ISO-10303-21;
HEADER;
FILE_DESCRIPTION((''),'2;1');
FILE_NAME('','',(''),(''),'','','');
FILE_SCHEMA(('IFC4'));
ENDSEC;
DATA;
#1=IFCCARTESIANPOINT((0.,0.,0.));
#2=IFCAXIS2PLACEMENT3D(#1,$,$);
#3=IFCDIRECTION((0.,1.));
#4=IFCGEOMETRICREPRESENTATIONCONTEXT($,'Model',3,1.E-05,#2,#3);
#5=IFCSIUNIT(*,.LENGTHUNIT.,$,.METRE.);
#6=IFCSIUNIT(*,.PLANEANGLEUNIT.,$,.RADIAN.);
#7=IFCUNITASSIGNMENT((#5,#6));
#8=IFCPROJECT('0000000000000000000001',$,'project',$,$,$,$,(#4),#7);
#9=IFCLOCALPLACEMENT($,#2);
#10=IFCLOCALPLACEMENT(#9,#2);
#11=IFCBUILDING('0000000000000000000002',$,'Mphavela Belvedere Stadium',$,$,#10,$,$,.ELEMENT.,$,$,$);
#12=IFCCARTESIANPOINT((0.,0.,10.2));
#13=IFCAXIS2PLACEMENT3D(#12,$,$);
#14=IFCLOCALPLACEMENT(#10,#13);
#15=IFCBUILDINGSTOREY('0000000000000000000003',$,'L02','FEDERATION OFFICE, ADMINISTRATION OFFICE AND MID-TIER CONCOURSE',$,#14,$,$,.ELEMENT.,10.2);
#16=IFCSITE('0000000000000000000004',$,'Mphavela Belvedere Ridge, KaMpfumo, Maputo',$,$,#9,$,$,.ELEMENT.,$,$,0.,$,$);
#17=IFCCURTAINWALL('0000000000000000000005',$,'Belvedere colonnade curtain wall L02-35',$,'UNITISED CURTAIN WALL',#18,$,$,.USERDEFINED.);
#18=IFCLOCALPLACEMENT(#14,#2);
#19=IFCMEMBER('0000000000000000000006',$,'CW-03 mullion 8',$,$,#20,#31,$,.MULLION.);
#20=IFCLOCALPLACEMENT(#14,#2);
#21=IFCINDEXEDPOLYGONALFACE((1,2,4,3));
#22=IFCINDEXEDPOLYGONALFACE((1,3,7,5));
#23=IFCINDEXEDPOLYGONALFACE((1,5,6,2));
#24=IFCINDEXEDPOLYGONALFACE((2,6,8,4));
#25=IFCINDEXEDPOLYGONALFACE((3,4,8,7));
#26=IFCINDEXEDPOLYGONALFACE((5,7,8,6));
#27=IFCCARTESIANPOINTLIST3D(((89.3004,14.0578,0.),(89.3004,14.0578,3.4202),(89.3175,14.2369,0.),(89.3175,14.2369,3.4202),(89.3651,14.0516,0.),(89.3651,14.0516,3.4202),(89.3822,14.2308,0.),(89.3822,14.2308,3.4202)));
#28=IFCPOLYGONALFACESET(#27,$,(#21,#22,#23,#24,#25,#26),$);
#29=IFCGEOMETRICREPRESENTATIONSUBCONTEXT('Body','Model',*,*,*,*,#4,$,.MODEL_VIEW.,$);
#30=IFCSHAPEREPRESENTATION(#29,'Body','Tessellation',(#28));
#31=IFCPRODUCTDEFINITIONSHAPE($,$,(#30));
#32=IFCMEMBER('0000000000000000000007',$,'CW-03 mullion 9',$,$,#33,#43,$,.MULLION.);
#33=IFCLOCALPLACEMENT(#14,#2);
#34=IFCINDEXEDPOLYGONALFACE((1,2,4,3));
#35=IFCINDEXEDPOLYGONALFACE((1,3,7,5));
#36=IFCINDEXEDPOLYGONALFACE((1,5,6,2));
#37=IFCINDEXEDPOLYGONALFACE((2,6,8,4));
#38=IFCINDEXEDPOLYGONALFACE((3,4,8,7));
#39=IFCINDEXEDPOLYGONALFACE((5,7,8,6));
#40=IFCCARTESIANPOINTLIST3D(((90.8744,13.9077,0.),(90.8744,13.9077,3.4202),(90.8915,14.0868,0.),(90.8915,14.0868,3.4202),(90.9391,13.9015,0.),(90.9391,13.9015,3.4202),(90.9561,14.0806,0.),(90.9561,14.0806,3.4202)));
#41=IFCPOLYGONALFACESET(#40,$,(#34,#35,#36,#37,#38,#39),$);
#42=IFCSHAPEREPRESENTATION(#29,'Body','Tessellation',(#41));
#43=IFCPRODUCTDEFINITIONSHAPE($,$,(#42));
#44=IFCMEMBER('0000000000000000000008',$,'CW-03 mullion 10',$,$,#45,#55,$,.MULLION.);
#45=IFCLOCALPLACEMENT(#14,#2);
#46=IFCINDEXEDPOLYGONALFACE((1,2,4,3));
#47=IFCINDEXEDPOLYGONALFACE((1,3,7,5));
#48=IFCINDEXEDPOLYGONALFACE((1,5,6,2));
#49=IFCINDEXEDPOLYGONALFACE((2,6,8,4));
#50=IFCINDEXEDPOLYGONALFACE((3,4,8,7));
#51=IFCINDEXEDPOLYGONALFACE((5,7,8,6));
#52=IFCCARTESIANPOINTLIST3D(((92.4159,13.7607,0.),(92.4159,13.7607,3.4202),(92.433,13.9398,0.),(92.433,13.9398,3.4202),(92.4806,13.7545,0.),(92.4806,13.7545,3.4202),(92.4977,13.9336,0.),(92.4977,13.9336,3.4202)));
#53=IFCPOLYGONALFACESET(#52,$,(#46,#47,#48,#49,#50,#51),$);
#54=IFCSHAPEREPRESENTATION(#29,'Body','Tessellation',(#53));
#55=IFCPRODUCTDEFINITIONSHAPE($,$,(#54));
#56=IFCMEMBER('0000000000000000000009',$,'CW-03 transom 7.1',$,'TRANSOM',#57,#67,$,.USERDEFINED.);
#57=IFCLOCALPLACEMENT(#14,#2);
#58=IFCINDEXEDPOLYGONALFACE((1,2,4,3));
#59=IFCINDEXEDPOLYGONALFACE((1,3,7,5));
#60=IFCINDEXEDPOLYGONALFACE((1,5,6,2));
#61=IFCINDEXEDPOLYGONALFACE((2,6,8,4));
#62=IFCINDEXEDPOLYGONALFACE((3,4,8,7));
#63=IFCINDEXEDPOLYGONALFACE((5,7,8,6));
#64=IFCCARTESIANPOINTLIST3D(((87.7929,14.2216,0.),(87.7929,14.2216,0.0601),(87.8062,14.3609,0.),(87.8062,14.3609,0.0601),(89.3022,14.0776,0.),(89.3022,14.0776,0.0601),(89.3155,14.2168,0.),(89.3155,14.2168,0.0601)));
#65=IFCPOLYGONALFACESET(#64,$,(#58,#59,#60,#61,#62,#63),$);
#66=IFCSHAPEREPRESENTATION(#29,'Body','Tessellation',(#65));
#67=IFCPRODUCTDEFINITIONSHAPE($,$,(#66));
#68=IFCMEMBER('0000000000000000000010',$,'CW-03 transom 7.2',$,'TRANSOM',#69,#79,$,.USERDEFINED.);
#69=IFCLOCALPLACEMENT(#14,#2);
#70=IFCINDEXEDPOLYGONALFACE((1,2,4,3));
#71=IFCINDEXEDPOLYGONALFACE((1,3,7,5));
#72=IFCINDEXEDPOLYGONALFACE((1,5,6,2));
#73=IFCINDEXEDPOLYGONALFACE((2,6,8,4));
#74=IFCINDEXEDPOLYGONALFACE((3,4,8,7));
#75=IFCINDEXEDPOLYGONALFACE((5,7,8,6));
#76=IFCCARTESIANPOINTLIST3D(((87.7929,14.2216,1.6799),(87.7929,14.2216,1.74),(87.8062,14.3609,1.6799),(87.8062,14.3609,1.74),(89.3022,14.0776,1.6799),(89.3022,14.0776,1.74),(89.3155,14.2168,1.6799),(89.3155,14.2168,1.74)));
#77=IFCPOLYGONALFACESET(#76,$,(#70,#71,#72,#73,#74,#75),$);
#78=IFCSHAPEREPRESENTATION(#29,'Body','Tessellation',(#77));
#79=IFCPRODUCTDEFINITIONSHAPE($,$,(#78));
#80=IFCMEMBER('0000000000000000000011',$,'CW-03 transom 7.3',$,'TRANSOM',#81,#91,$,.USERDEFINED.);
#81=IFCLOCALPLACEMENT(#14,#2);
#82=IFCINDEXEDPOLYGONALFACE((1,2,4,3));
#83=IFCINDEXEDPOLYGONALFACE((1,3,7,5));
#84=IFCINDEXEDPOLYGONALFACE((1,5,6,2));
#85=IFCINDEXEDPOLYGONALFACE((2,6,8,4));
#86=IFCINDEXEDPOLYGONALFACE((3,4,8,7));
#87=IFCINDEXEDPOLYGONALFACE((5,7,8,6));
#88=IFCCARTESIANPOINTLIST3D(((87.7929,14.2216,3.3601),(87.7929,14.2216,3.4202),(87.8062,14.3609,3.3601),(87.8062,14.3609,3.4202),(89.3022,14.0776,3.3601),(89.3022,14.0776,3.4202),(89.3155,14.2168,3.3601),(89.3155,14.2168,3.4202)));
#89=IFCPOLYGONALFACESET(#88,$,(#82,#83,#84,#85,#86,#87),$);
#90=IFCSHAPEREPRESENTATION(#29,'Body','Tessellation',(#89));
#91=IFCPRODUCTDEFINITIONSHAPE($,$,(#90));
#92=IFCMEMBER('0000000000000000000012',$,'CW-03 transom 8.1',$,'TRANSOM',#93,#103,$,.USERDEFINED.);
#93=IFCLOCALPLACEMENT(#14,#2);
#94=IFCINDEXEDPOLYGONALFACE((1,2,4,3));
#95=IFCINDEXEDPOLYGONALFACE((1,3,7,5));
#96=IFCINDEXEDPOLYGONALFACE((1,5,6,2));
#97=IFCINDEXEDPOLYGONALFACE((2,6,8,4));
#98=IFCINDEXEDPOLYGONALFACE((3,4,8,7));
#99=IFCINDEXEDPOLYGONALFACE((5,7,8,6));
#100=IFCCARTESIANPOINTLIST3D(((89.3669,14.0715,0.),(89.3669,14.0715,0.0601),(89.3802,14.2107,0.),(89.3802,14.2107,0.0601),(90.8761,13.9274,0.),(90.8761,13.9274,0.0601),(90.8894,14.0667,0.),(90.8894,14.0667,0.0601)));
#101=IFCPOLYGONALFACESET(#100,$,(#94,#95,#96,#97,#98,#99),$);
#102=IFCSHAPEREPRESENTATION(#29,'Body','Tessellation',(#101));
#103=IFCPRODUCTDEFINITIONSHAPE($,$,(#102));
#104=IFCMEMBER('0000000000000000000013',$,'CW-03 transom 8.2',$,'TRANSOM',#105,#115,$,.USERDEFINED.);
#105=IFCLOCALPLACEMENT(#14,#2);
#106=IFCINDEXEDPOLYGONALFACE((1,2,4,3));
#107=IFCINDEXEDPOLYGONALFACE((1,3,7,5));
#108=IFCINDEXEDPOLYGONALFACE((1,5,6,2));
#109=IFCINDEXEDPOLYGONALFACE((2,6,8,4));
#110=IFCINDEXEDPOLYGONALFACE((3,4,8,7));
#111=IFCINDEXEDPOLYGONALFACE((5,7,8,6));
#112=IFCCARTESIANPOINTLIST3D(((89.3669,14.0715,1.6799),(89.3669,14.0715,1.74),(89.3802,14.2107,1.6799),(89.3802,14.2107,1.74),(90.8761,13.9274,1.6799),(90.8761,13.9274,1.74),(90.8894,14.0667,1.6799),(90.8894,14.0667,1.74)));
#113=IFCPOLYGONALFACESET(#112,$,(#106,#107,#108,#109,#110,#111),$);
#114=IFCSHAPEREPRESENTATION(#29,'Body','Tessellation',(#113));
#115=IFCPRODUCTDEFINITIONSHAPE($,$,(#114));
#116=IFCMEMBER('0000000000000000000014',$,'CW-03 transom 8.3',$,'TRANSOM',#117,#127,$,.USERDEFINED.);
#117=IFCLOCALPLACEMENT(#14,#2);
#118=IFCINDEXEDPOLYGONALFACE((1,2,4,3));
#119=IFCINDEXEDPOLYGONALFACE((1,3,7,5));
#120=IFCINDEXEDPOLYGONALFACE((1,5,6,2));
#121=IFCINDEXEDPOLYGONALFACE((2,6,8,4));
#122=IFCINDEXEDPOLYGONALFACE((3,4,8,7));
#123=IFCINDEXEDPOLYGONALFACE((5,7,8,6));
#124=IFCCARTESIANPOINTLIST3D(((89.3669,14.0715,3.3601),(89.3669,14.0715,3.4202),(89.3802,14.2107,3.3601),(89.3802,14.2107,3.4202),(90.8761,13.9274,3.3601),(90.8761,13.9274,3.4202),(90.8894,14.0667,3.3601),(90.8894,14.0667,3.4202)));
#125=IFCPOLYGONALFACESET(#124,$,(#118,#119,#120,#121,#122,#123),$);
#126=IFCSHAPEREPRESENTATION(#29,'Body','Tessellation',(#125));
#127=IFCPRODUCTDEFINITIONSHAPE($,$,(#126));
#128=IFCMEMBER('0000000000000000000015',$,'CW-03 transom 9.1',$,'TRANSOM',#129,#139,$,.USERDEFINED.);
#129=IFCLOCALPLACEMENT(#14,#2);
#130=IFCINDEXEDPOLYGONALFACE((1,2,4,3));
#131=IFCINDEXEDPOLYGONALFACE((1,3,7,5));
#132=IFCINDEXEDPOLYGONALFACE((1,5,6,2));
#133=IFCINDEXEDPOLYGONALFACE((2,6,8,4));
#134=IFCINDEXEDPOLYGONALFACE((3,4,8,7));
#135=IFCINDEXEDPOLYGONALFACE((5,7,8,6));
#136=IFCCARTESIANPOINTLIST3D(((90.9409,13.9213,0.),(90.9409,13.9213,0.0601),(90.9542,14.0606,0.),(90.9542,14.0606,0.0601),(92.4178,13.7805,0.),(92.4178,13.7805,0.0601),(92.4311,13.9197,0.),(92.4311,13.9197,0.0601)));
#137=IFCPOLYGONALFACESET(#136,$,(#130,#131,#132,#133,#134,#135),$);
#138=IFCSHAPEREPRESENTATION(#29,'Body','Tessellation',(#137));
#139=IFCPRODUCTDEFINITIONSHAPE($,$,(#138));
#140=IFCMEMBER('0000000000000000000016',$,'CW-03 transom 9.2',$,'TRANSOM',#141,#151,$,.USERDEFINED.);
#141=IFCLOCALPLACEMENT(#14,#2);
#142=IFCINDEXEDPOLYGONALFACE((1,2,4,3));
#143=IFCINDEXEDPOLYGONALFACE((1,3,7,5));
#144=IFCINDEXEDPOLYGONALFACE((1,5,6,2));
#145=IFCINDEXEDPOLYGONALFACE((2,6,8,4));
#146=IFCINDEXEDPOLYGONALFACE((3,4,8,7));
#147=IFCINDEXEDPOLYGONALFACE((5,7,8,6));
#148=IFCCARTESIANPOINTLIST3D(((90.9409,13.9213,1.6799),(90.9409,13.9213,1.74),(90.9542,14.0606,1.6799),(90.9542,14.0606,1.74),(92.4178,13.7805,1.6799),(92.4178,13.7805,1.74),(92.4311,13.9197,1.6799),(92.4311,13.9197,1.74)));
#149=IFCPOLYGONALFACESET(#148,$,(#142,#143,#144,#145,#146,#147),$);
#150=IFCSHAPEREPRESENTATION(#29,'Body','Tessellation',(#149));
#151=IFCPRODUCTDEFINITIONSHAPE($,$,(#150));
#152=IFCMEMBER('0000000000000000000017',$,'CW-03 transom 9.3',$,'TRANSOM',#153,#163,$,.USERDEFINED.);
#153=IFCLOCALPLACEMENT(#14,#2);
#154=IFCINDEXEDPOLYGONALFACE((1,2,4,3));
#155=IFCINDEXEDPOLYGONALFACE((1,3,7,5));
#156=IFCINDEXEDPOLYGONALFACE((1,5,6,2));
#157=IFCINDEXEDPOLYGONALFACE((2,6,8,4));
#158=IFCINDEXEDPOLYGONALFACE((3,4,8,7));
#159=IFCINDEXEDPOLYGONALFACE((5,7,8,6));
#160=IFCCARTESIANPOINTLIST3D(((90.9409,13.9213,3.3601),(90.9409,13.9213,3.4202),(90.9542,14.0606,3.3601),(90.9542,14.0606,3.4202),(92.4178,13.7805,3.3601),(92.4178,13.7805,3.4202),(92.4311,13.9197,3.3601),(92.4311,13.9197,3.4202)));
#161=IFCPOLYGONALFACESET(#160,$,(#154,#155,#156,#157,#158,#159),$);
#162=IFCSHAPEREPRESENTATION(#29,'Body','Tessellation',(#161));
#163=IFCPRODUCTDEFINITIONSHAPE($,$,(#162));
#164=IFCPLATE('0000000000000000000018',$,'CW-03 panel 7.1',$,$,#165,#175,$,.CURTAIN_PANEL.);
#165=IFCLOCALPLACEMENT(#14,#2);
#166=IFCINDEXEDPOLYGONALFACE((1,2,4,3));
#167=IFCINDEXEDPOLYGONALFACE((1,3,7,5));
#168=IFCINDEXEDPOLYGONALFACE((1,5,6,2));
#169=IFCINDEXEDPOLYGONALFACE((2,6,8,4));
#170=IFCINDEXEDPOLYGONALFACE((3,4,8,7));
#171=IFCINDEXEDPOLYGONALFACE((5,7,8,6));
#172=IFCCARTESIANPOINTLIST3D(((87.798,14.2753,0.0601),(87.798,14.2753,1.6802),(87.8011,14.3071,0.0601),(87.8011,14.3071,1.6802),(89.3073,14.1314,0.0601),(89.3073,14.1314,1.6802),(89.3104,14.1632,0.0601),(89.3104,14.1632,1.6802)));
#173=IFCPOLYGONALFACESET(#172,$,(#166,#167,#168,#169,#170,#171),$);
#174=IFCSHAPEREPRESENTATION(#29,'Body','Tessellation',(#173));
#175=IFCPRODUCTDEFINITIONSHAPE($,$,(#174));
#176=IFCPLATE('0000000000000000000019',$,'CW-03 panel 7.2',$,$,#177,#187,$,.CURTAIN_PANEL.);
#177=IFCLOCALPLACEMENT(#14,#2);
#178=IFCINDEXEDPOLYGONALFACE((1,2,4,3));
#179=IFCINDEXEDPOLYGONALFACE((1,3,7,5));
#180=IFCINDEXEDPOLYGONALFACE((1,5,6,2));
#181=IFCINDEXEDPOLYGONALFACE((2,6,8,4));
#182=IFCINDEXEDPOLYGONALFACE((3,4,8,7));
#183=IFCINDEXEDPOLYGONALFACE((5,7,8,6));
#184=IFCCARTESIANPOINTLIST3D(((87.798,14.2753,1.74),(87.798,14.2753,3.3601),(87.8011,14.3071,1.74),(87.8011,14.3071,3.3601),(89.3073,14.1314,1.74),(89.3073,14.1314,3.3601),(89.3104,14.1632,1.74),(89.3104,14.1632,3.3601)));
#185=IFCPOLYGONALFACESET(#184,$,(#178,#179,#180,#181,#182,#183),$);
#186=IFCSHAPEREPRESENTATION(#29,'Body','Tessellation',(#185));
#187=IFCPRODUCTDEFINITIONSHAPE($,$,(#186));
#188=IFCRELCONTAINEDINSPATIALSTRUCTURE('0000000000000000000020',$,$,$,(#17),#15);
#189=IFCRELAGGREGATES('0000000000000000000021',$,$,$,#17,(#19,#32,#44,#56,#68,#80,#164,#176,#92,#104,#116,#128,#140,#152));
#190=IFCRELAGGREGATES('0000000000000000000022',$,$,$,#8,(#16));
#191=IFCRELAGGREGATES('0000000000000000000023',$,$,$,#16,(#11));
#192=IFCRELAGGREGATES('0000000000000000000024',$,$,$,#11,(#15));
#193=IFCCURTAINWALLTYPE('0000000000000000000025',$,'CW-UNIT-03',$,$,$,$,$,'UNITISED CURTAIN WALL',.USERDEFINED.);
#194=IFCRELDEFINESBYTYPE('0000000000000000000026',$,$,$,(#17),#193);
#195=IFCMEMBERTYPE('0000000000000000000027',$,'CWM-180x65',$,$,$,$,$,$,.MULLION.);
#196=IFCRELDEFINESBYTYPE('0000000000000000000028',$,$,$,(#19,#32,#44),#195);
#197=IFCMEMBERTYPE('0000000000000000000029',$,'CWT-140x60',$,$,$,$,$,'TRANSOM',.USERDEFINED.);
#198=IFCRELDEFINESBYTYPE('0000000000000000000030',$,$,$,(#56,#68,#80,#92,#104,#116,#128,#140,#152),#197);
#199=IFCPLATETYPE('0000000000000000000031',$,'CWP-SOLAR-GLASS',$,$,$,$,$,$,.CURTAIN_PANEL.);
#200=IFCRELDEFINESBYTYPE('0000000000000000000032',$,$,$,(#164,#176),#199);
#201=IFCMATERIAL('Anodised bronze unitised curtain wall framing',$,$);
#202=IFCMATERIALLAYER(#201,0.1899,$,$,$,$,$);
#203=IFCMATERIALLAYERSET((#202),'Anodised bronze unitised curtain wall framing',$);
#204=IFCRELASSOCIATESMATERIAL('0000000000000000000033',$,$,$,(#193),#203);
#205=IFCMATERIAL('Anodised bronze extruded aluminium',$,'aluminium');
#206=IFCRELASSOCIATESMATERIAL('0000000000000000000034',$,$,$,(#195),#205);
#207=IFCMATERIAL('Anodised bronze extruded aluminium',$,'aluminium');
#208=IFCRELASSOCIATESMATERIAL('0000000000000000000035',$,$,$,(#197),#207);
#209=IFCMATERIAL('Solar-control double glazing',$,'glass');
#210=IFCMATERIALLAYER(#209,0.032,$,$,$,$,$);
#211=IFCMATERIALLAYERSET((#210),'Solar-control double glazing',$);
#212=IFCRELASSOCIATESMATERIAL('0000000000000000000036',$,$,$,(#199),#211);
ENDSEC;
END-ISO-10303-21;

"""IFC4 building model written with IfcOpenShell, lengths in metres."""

from ifc_helpers import new_model, si_unit, direction, frame, origin, origin_2d, place, context, subcontext, project, spatial, rectangle, extrude, material, layer, layer_set, material_profile, profile_set, type_object, element, aggregate, save


model = new_model("IFC4")

# Units and contexts
model_context = context("Model", 3, precision=1e-05, world=origin(), true_north=direction((0.0, 1.0)))
body_context = subcontext(model_context, "Body", "Model", "MODEL_VIEW")
ifc_project = project(units=[si_unit("LENGTHUNIT", "METRE"), si_unit("PLANEANGLEUNIT", "RADIAN")], contexts=[model_context])

# Site, building, storey
site_placement = place(None, origin())
site = spatial("IfcSite", under=ifc_project, at=site_placement, Name="Mphavela Belvedere Ridge, KaMpfumo, Maputo", CompositionType="ELEMENT", RefElevation=0.0)
building_placement = place(site_placement, origin())
building = spatial("IfcBuilding", under=site, at=building_placement, Name="Mphavela Belvedere Stadium", CompositionType="ELEMENT")
storey_placement = place(building_placement, frame((0.0, 0.0, 10.2)))
storey = spatial("IfcBuildingStorey", under=building, at=storey_placement, Name="L02", Description="FEDERATION OFFICE, ADMINISTRATION OFFICE AND MID-TIER CONCOURSE", CompositionType="ELEMENT", Elevation=10.2)

# Curtain wall, members, plates
ifc_material_1 = material(Name="Anodised bronze unitised curtain wall framing")
ifc_layer_1 = layer(ifc_material_1, 0.1899)
ifc_layer_set_1 = layer_set([ifc_layer_1], Name="Anodised bronze unitised curtain wall framing")
curtain_wall_type = type_object("IfcCurtainWallType", Name="CW-UNIT-03", ElementType="UNITISED CURTAIN WALL", PredefinedType="USERDEFINED", material=ifc_layer_set_1)
curtain_wall_placement = place(storey_placement, origin())
curtain_wall = element("IfcCurtainWall", 1, at=curtain_wall_placement, inside=storey, type_object=curtain_wall_type, Name="Belvedere colonnade curtain wall L02-35", ObjectType="UNITISED CURTAIN WALL", PredefinedType="USERDEFINED")
ifc_material_2 = material(Name="Anodised bronze extruded aluminium", Category="aluminium")
ifc_material_profile_1 = material_profile(ifc_material_2, rectangle(XDim=0.1799, YDim=0.0649, at=origin_2d()), Name="CW-MUL 180x65")
ifc_profile_set_1 = profile_set([ifc_material_profile_1], Name="Anodised bronze extruded aluminium")
member_type_1 = type_object("IfcMemberType", Name="CWM-180x65", PredefinedType="MULLION", material=ifc_profile_set_1)
member_1_placement = place(storey_placement, frame((89.3413, 14.1443, 0.0), z_axis=(0.0, 0.0, 1.0), x_axis=(0.094926, 0.995484, 0.0)))
member_1 = element("IfcMember", 2, at=member_1_placement, type_object=member_type_1, Name="CW-03 mullion 8", PredefinedType="MULLION", context=body_context, shape_type="SweptSolid", body=[
    extrude(rectangle(XDim=0.1799, YDim=0.0649, at=origin_2d()), origin(), (0.0, 0.0, 1.0), 3.4202),
])
member_2_placement = place(storey_placement, frame((90.9153, 13.9941, 0.0), z_axis=(0.0, 0.0, 1.0), x_axis=(0.094926, 0.995484, 0.0)))
member_2 = element("IfcMember", 3, at=member_2_placement, type_object=member_type_1, Name="CW-03 mullion 9", PredefinedType="MULLION", context=body_context, shape_type="SweptSolid", body=[
    extrude(rectangle(XDim=0.1799, YDim=0.0649, at=origin_2d()), origin(), (0.0, 0.0, 1.0), 3.4202),
])
member_3_placement = place(storey_placement, frame((92.4568, 13.8472, 0.0), z_axis=(0.0, 0.0, 1.0), x_axis=(0.094926, 0.995484, 0.0)))
member_3 = element("IfcMember", 4, at=member_3_placement, type_object=member_type_1, Name="CW-03 mullion 10", PredefinedType="MULLION", context=body_context, shape_type="SweptSolid", body=[
    extrude(rectangle(XDim=0.1799, YDim=0.0649, at=origin_2d()), origin(), (0.0, 0.0, 1.0), 3.4202),
])
ifc_material_3 = material(Name="Anodised bronze extruded aluminium", Category="aluminium")
ifc_material_profile_2 = material_profile(ifc_material_3, rectangle(XDim=0.1399, YDim=0.0601, at=origin_2d()), Name="CW-TRN 140x60")
ifc_profile_set_2 = profile_set([ifc_material_profile_2], Name="Anodised bronze extruded aluminium")
member_type_2 = type_object("IfcMemberType", Name="CWT-140x60", ElementType="TRANSOM", PredefinedType="USERDEFINED", material=ifc_profile_set_2)
member_4_placement = place(storey_placement, frame((87.7996, 14.2913, 0.03), z_axis=(0.995477, -0.095007, 0.0), x_axis=(0.095007, 0.995477, 0.0)))
member_4 = element("IfcMember", 5, at=member_4_placement, type_object=member_type_2, Name="CW-03 transom 7.1", ObjectType="TRANSOM", PredefinedType="USERDEFINED", context=body_context, shape_type="SweptSolid", body=[
    extrude(rectangle(XDim=0.1399, YDim=0.0601, at=origin_2d()), origin(), (0.0, 0.0, 1.0), 1.5161),
])
member_5_placement = place(storey_placement, frame((87.7996, 14.2913, 1.71), z_axis=(0.995477, -0.095007, 0.0), x_axis=(0.095007, 0.995477, 0.0)))
member_5 = element("IfcMember", 6, at=member_5_placement, type_object=member_type_2, Name="CW-03 transom 7.2", ObjectType="TRANSOM", PredefinedType="USERDEFINED", context=body_context, shape_type="SweptSolid", body=[
    extrude(rectangle(XDim=0.1399, YDim=0.0601, at=origin_2d()), origin(), (0.0, 0.0, 1.0), 1.5161),
])
member_6_placement = place(storey_placement, frame((87.7996, 14.2913, 3.3901), z_axis=(0.995477, -0.095007, 0.0), x_axis=(0.095007, 0.995477, 0.0)))
member_6 = element("IfcMember", 7, at=member_6_placement, type_object=member_type_2, Name="CW-03 transom 7.3", ObjectType="TRANSOM", PredefinedType="USERDEFINED", context=body_context, shape_type="SweptSolid", body=[
    extrude(rectangle(XDim=0.1399, YDim=0.0601, at=origin_2d()), origin(), (0.0, 0.0, 1.0), 1.5161),
])
member_7_placement = place(storey_placement, frame((89.3735, 14.1411, 0.03), z_axis=(0.995477, -0.095007, 0.0), x_axis=(0.095007, 0.995477, 0.0)))
member_7 = element("IfcMember", 8, at=member_7_placement, type_object=member_type_2, Name="CW-03 transom 8.1", ObjectType="TRANSOM", PredefinedType="USERDEFINED", context=body_context, shape_type="SweptSolid", body=[
    extrude(rectangle(XDim=0.1399, YDim=0.0601, at=origin_2d()), origin(), (0.0, 0.0, 1.0), 1.5161),
])
member_8_placement = place(storey_placement, frame((89.3735, 14.1411, 1.71), z_axis=(0.995477, -0.095007, 0.0), x_axis=(0.095007, 0.995477, 0.0)))
member_8 = element("IfcMember", 9, at=member_8_placement, type_object=member_type_2, Name="CW-03 transom 8.2", ObjectType="TRANSOM", PredefinedType="USERDEFINED", context=body_context, shape_type="SweptSolid", body=[
    extrude(rectangle(XDim=0.1399, YDim=0.0601, at=origin_2d()), origin(), (0.0, 0.0, 1.0), 1.5161),
])
member_9_placement = place(storey_placement, frame((89.3735, 14.1411, 3.3901), z_axis=(0.995477, -0.095007, 0.0), x_axis=(0.095007, 0.995477, 0.0)))
member_9 = element("IfcMember", 10, at=member_9_placement, type_object=member_type_2, Name="CW-03 transom 8.3", ObjectType="TRANSOM", PredefinedType="USERDEFINED", context=body_context, shape_type="SweptSolid", body=[
    extrude(rectangle(XDim=0.1399, YDim=0.0601, at=origin_2d()), origin(), (0.0, 0.0, 1.0), 1.5161),
])
member_10_placement = place(storey_placement, frame((90.9475, 13.991, 0.03), z_axis=(0.995483, -0.094941, 0.0), x_axis=(0.094941, 0.995483, 0.0)))
member_10 = element("IfcMember", 11, at=member_10_placement, type_object=member_type_2, Name="CW-03 transom 9.1", ObjectType="TRANSOM", PredefinedType="USERDEFINED", context=body_context, shape_type="SweptSolid", body=[
    extrude(rectangle(XDim=0.1399, YDim=0.0601, at=origin_2d()), origin(), (0.0, 0.0, 1.0), 1.4836),
])
member_11_placement = place(storey_placement, frame((90.9475, 13.991, 1.71), z_axis=(0.995483, -0.094941, 0.0), x_axis=(0.094941, 0.995483, 0.0)))
member_11 = element("IfcMember", 12, at=member_11_placement, type_object=member_type_2, Name="CW-03 transom 9.2", ObjectType="TRANSOM", PredefinedType="USERDEFINED", context=body_context, shape_type="SweptSolid", body=[
    extrude(rectangle(XDim=0.1399, YDim=0.0601, at=origin_2d()), origin(), (0.0, 0.0, 1.0), 1.4836),
])
member_12_placement = place(storey_placement, frame((90.9475, 13.991, 3.3901), z_axis=(0.995483, -0.094941, 0.0), x_axis=(0.094941, 0.995483, 0.0)))
member_12 = element("IfcMember", 13, at=member_12_placement, type_object=member_type_2, Name="CW-03 transom 9.3", ObjectType="TRANSOM", PredefinedType="USERDEFINED", context=body_context, shape_type="SweptSolid", body=[
    extrude(rectangle(XDim=0.1399, YDim=0.0601, at=origin_2d()), origin(), (0.0, 0.0, 1.0), 1.4836),
])
ifc_material_4 = material(Name="Solar-control double glazing", Category="glass")
ifc_layer_2 = layer(ifc_material_4, 0.032)
ifc_layer_set_2 = layer_set([ifc_layer_2], Name="Solar-control double glazing")
plate_type = type_object("IfcPlateType", Name="CWP-SOLAR-GLASS", PredefinedType="CURTAIN_PANEL", material=ifc_layer_set_2)
plate_1_placement = place(storey_placement, frame((88.5542, 14.2192, 0.0601), z_axis=(0.0, 0.0, 1.0), x_axis=(0.995484, -0.094926, 0.0)))
plate_1 = element("IfcPlate", 14, at=plate_1_placement, type_object=plate_type, Name="CW-03 panel 7.1", PredefinedType="CURTAIN_PANEL", context=body_context, shape_type="SweptSolid", body=[
    extrude(rectangle(XDim=1.5161, YDim=0.032, at=origin_2d()), origin(), (0.0, 0.0, 1.0), 1.6201),
])
plate_2_placement = place(storey_placement, frame((88.5542, 14.2192, 1.74), z_axis=(0.0, 0.0, 1.0), x_axis=(0.995484, -0.094926, 0.0)))
plate_2 = element("IfcPlate", 15, at=plate_2_placement, type_object=plate_type, Name="CW-03 panel 7.2", PredefinedType="CURTAIN_PANEL", context=body_context, shape_type="SweptSolid", body=[
    extrude(rectangle(XDim=1.5161, YDim=0.032, at=origin_2d()), origin(), (0.0, 0.0, 1.0), 1.6201),
])
aggregate(curtain_wall, [member_1, member_2, member_3, member_4, member_5, member_6, plate_1, plate_2, member_7, member_8, member_9, member_10, member_11, member_12])

save(model, "model.ifc")
